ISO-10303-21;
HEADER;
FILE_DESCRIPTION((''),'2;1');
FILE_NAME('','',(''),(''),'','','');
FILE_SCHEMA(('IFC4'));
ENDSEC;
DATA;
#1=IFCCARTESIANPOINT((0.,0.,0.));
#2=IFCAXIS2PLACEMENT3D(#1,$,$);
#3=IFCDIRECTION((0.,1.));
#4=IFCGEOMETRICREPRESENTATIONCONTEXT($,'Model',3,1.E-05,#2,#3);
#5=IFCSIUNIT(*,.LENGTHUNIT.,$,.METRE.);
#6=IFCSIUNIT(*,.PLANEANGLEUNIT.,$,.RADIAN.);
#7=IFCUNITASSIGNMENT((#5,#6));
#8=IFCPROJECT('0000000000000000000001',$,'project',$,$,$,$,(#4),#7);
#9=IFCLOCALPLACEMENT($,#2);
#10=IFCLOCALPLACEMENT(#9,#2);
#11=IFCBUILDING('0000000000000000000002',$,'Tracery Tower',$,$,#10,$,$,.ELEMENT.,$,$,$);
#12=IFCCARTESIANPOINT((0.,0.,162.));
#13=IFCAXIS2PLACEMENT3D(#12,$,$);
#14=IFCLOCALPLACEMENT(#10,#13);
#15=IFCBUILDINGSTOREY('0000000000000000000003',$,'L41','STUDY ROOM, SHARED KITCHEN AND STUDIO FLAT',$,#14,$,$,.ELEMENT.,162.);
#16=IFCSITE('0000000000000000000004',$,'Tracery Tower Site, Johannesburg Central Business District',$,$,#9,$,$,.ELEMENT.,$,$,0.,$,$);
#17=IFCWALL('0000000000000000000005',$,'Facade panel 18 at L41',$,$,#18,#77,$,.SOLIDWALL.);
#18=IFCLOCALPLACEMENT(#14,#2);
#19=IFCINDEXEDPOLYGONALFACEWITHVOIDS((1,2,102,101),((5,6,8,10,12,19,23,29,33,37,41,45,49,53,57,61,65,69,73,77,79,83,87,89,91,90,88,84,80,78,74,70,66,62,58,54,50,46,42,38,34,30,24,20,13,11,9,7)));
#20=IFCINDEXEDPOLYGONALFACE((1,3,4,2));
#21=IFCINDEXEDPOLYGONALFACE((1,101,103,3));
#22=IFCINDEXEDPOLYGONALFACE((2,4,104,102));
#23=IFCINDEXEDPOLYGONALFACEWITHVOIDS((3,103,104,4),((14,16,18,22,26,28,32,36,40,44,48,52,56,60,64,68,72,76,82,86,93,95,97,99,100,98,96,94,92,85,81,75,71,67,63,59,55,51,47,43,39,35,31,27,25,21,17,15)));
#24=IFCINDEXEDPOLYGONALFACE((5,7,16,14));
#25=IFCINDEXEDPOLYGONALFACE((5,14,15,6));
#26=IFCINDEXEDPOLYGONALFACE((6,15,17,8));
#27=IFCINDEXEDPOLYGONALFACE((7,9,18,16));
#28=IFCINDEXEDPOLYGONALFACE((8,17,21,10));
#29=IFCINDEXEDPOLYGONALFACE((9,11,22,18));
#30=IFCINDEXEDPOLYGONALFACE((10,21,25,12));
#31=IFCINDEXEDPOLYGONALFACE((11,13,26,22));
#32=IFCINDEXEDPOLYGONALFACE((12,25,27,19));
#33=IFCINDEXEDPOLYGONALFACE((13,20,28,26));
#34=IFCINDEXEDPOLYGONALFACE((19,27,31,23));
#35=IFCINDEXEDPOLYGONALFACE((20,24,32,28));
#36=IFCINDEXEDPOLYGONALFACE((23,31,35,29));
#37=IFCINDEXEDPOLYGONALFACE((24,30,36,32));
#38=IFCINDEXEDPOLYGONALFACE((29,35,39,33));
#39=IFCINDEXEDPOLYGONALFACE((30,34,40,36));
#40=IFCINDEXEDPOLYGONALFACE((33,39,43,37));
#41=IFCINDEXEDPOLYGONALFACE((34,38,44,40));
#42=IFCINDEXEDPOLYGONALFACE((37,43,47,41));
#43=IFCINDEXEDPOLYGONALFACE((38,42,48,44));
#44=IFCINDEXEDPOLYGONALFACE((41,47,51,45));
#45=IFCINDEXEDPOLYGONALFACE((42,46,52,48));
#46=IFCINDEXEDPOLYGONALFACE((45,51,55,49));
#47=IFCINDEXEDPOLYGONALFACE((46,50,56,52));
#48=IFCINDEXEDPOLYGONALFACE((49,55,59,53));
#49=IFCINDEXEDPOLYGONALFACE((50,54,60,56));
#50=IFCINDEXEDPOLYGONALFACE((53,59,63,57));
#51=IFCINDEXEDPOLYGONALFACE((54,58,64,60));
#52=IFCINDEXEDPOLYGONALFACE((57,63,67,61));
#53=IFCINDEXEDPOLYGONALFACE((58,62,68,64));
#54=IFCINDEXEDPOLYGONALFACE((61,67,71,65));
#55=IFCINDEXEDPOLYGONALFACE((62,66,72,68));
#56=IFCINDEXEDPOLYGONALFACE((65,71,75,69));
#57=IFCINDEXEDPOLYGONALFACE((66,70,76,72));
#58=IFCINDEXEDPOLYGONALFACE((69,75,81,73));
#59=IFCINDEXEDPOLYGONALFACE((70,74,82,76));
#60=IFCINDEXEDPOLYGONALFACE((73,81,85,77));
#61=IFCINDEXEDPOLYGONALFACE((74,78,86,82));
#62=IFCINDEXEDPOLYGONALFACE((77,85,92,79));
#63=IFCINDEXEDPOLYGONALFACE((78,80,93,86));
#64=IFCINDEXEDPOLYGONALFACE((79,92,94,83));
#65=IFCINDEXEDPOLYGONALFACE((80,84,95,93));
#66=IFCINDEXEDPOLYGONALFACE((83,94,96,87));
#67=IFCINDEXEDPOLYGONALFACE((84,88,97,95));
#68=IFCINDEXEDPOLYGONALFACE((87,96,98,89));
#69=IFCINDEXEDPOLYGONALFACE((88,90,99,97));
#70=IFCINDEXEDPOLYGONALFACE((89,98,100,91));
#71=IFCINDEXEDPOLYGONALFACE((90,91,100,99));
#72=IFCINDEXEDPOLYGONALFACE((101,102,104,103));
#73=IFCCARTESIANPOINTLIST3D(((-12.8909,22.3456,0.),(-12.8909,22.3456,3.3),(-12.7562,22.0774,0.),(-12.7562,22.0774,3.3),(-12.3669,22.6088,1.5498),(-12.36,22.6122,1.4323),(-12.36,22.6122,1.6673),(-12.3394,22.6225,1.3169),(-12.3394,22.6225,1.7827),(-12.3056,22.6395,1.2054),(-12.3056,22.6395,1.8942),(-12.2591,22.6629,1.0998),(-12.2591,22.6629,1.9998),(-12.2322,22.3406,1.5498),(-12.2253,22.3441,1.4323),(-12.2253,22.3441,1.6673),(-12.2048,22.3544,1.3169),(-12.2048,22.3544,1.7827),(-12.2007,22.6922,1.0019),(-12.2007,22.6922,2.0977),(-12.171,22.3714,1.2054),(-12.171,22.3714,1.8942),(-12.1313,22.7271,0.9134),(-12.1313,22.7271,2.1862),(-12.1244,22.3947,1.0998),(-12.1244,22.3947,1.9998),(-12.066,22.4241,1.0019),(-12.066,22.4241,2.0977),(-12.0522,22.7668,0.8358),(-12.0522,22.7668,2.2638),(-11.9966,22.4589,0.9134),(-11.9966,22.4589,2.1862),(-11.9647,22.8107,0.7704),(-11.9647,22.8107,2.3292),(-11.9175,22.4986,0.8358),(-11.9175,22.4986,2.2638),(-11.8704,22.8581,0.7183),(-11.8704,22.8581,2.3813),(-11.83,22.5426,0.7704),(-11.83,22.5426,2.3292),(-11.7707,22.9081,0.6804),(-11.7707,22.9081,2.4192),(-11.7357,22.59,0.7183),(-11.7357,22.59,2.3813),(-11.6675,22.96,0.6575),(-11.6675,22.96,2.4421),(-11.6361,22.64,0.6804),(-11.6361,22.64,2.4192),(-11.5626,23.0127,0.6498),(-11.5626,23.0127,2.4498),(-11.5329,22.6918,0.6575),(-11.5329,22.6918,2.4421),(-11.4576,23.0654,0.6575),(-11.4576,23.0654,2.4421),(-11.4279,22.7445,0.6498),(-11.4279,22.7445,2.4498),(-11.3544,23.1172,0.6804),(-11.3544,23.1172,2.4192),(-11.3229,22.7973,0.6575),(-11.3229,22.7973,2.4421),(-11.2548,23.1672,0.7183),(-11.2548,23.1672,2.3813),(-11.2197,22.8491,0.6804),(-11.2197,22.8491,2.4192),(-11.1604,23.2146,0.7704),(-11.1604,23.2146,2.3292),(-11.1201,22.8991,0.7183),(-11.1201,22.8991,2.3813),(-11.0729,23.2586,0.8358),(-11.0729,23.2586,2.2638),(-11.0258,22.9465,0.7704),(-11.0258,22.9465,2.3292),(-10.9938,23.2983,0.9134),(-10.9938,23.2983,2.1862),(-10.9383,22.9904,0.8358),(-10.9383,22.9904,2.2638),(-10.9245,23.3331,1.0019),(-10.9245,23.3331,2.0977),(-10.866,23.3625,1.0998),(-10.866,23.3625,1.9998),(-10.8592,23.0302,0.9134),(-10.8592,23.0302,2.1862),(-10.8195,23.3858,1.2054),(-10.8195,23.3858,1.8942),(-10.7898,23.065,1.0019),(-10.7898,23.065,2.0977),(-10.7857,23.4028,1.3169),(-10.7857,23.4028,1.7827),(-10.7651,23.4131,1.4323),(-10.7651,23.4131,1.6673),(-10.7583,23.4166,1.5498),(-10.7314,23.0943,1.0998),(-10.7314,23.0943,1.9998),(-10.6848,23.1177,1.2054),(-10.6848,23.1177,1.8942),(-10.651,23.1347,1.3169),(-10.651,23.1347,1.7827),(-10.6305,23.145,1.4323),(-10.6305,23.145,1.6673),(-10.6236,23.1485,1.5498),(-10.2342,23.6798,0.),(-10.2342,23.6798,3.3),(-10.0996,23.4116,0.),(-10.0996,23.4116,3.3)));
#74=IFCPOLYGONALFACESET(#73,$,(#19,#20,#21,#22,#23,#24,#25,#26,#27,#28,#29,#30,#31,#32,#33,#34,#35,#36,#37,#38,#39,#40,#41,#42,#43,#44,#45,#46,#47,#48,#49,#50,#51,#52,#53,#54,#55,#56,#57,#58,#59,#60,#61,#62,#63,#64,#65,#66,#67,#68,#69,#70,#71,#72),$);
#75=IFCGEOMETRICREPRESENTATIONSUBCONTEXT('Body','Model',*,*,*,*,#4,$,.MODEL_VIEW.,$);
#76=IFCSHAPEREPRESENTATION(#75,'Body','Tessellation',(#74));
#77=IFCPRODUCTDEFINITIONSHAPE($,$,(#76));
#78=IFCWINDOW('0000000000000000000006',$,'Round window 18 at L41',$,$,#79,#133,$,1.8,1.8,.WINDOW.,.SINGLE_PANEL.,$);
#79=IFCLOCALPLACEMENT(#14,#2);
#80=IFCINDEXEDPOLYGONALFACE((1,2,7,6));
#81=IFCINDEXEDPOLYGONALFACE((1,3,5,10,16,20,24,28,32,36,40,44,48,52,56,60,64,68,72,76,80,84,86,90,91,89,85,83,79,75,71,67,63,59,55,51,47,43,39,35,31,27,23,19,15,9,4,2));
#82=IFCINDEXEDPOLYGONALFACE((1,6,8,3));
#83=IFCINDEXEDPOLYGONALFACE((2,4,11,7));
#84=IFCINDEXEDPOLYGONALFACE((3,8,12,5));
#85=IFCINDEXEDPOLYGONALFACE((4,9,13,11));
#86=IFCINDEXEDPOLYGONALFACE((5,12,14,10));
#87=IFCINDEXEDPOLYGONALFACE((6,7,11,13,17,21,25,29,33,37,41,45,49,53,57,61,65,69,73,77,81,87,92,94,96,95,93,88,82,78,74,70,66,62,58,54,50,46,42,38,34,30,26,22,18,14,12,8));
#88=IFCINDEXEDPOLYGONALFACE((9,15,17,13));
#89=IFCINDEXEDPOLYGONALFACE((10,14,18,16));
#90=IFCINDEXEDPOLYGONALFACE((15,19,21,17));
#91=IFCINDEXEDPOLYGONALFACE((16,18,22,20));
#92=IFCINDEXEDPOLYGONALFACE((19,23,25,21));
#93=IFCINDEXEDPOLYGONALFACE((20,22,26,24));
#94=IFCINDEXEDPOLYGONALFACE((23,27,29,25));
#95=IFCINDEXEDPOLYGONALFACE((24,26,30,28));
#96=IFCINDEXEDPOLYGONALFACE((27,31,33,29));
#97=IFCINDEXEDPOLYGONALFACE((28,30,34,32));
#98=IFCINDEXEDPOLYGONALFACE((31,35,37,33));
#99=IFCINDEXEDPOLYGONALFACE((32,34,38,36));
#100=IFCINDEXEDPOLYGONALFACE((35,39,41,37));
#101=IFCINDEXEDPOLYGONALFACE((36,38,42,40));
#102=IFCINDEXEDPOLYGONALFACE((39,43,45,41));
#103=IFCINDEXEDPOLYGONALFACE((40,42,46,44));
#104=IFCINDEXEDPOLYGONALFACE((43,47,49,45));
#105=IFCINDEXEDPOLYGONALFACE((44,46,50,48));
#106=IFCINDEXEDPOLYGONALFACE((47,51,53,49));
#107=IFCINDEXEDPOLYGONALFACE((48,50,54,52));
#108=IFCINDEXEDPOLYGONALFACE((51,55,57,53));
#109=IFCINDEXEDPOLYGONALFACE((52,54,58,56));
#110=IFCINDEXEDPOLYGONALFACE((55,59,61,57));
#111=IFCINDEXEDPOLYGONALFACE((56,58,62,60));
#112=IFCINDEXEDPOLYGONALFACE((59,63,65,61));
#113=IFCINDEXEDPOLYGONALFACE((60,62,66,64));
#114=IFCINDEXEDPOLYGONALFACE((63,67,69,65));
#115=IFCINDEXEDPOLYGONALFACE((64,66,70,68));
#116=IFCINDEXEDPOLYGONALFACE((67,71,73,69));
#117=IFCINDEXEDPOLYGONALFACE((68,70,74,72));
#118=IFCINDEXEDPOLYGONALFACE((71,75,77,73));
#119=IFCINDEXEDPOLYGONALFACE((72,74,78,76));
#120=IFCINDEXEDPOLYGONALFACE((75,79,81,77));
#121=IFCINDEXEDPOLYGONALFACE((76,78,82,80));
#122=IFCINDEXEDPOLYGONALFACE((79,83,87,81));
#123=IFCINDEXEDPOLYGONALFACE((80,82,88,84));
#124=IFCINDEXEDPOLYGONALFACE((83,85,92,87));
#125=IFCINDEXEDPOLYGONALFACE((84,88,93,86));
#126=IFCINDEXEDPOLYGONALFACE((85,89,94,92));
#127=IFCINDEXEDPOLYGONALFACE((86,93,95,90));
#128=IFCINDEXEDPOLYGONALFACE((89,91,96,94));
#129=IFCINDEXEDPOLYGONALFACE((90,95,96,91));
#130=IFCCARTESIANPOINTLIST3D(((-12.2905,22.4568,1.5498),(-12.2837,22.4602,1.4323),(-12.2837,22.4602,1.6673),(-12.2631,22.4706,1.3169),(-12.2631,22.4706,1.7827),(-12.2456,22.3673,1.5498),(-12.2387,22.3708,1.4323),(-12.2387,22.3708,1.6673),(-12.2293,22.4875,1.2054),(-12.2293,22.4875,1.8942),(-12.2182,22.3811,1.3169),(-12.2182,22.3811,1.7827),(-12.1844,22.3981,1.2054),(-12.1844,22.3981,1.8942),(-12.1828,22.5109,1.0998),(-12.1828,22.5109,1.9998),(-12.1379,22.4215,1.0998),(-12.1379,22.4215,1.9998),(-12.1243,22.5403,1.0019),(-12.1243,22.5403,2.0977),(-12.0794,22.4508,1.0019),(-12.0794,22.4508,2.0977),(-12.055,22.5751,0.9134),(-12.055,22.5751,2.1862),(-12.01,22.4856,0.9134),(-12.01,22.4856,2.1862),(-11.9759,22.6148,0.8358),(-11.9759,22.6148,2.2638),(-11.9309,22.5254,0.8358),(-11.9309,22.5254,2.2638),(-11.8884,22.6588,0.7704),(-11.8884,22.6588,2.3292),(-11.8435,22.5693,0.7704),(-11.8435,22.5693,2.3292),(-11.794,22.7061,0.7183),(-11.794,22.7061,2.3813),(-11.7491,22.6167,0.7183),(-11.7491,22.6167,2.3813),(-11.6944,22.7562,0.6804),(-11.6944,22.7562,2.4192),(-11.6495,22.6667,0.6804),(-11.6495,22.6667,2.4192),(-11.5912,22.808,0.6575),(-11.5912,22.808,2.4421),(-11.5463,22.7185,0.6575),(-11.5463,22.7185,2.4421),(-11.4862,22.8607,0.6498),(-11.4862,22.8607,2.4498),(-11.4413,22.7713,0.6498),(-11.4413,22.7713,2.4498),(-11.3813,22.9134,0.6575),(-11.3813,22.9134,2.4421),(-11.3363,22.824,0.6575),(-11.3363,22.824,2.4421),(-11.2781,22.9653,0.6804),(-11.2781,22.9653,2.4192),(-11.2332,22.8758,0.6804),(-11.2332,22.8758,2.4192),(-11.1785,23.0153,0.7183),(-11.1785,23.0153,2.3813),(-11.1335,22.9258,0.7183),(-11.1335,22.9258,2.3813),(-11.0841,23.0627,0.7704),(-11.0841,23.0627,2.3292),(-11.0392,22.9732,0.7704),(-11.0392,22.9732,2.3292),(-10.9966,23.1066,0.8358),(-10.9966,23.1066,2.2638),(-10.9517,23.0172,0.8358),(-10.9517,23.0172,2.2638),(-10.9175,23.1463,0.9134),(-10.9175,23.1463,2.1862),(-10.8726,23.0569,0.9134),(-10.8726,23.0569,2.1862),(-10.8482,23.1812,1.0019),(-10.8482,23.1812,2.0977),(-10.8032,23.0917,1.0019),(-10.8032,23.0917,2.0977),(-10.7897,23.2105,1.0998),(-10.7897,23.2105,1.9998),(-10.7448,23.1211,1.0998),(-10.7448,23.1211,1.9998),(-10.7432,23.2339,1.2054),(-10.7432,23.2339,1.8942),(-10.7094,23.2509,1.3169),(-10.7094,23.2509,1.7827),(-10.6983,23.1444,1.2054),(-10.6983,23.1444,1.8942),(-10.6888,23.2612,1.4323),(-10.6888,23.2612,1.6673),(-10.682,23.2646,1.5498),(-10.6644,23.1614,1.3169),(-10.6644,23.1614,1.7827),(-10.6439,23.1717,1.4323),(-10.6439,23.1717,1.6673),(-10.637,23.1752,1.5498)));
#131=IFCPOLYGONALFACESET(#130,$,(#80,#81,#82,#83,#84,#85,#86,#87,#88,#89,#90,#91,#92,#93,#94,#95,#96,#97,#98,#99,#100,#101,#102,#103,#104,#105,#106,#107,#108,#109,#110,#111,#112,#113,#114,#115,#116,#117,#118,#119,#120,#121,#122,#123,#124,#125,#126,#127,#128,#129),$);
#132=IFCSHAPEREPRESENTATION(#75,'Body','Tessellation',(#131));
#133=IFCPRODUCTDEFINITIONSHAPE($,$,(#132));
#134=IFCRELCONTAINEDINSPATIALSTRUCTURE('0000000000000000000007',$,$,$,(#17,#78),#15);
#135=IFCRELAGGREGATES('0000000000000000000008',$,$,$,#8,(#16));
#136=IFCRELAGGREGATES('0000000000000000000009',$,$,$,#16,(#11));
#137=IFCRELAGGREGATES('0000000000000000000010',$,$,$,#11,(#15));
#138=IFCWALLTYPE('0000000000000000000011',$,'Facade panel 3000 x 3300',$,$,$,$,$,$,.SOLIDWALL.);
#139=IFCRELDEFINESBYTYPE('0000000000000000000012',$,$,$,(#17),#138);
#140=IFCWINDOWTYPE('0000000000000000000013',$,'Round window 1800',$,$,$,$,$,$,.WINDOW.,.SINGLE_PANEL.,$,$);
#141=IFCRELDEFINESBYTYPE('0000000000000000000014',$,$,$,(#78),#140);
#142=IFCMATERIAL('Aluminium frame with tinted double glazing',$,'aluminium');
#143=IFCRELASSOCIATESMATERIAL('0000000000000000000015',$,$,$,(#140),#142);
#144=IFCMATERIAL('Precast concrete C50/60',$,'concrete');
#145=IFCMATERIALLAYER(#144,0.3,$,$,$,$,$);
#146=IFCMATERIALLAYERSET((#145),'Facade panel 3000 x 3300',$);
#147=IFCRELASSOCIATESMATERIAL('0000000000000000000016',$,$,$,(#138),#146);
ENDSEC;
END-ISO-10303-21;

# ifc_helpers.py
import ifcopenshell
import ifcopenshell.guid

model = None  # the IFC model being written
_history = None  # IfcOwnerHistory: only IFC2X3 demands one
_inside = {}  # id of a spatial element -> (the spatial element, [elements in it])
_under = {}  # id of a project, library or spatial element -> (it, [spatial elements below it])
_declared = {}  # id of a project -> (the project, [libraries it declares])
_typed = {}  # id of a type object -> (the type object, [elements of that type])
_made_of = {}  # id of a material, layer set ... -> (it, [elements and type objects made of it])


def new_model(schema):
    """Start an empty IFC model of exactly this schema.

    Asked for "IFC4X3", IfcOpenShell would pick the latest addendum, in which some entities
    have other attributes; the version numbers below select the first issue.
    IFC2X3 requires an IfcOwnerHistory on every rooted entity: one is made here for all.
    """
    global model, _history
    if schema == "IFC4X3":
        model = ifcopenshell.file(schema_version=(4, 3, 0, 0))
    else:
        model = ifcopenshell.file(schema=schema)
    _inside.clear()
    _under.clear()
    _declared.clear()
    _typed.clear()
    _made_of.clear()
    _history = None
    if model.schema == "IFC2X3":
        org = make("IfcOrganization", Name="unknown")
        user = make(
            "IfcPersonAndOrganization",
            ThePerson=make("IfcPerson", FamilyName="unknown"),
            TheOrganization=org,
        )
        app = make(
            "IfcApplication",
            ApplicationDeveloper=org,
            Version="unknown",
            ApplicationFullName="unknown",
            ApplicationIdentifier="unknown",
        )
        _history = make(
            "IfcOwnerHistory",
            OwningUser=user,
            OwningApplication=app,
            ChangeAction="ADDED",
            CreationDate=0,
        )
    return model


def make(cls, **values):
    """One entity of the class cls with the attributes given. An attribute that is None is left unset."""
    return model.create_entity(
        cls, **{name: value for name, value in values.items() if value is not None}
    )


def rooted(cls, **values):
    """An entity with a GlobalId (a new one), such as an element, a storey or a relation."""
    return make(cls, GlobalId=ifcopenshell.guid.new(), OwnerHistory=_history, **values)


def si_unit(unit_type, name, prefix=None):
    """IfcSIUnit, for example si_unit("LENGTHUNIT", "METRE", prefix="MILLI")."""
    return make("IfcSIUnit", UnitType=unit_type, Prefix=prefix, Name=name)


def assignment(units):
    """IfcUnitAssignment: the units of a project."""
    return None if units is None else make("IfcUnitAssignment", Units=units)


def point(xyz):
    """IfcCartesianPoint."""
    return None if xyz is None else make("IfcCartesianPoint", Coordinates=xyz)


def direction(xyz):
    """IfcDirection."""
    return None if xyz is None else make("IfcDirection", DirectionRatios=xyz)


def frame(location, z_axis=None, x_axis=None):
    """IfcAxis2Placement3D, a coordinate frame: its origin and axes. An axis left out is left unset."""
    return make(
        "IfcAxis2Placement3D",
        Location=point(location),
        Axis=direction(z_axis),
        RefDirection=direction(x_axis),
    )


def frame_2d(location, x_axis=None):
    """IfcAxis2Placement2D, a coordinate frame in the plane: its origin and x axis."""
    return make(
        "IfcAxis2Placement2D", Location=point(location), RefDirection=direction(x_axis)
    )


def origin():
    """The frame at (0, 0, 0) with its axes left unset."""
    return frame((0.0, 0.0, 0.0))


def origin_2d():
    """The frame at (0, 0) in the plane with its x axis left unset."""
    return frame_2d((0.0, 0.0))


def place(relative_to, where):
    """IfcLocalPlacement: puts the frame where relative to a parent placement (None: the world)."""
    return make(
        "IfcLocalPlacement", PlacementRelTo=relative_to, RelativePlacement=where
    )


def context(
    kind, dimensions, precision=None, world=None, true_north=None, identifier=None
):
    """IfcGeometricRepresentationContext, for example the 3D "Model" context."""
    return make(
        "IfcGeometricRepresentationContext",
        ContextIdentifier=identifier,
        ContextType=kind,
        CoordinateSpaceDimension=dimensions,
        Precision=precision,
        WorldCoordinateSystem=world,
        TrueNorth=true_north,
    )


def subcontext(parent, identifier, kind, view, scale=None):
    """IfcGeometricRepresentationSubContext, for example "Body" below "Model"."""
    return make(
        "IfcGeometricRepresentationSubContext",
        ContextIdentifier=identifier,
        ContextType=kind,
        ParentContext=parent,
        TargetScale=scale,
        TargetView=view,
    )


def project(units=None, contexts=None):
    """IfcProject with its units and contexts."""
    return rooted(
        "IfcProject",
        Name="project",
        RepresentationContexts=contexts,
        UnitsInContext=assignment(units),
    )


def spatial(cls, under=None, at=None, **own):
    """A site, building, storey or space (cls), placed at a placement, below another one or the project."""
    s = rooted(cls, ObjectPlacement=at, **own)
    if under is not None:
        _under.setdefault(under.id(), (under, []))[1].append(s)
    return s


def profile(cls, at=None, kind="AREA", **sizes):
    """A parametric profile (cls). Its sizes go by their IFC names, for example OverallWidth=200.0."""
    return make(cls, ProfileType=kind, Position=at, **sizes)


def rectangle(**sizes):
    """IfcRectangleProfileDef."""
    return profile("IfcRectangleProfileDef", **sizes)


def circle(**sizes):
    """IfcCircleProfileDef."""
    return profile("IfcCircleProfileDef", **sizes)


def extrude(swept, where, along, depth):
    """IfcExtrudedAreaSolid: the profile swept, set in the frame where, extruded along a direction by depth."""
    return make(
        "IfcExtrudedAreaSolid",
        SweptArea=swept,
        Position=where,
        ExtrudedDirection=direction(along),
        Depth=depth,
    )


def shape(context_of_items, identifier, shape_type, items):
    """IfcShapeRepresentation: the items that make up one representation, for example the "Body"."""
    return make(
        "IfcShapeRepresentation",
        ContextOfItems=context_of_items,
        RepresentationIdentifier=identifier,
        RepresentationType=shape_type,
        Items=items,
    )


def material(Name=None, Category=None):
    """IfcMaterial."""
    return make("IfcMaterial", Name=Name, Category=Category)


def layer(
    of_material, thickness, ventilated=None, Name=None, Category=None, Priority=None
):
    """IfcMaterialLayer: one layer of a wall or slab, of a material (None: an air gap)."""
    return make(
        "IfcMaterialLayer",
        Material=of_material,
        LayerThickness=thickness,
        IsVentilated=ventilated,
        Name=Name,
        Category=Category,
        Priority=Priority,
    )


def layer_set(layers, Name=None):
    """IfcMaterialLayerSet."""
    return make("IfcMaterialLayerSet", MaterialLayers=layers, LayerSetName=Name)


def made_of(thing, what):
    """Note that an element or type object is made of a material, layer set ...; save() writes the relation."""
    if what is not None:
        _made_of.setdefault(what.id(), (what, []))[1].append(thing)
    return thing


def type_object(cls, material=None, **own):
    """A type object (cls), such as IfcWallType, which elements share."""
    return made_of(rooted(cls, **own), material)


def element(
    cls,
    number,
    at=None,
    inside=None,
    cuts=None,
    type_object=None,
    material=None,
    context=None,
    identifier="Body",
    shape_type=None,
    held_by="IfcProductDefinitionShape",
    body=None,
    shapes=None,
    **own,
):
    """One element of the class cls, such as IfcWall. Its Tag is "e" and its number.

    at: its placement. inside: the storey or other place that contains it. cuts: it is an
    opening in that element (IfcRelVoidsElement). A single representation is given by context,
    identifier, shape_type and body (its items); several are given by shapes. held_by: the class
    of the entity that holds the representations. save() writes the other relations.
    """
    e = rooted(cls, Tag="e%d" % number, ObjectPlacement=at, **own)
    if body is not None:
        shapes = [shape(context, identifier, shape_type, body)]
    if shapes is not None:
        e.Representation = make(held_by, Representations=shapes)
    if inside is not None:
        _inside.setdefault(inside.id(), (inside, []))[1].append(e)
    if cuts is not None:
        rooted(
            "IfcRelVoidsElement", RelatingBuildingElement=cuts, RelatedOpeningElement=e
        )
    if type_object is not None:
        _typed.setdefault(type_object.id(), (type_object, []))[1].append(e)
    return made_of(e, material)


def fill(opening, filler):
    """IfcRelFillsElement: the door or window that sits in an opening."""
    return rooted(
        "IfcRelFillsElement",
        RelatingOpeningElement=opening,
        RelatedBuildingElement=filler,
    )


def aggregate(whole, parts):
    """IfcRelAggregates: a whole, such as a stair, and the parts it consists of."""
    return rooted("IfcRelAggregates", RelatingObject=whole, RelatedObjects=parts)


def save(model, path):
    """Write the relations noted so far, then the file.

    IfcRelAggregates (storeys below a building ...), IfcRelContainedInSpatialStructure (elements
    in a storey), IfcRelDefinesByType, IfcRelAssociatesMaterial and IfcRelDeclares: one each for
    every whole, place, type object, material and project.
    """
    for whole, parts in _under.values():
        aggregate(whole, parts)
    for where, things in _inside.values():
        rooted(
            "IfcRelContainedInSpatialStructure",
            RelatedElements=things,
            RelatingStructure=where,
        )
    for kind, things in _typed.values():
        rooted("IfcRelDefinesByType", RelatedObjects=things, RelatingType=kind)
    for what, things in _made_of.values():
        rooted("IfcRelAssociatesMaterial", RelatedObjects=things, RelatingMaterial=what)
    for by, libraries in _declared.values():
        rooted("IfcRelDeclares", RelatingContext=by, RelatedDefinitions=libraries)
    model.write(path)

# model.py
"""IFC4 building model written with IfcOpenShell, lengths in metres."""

from ifc_helpers import new_model, si_unit, direction, frame, frame_2d, origin, origin_2d, place, context, subcontext, project, spatial, rectangle, circle, extrude, material, layer, layer_set, type_object, element, fill, save


model = new_model("IFC4")

# Units and contexts
model_context = context("Model", 3, precision=1e-05, world=origin(), true_north=direction((0.0, 1.0)))
body_context = subcontext(model_context, "Body", "Model", "MODEL_VIEW")
ifc_project = project(units=[si_unit("LENGTHUNIT", "METRE"), si_unit("PLANEANGLEUNIT", "RADIAN")], contexts=[model_context])

# Site, building, storey
site_placement = place(None, origin())
site = spatial("IfcSite", under=ifc_project, at=site_placement, Name="Tracery Tower Site, Johannesburg Central Business District", CompositionType="ELEMENT", RefElevation=0.0)
building_placement = place(site_placement, origin())
building = spatial("IfcBuilding", under=site, at=building_placement, Name="Tracery Tower", CompositionType="ELEMENT")
storey_placement = place(building_placement, frame((0.0, 0.0, 162.0)))
storey = spatial("IfcBuildingStorey", under=building, at=storey_placement, Name="L41", Description="STUDY ROOM, SHARED KITCHEN AND STUDIO FLAT", CompositionType="ELEMENT", Elevation=162.0)

# Wall, opening, window
ifc_material_1 = material(Name="Aluminium frame with tinted double glazing", Category="aluminium")
window_type = type_object("IfcWindowType", Name="Round window 1800", PartitioningType="SINGLE_PANEL", PredefinedType="WINDOW", material=ifc_material_1)
ifc_material_2 = material(Name="Precast concrete C50/60", Category="concrete")
ifc_layer_1 = layer(ifc_material_2, 0.3)
ifc_layer_set_1 = layer_set([ifc_layer_1], Name="Facade panel 3000 x 3300")
wall_type_1 = type_object("IfcWallType", Name="Facade panel 3000 x 3300", PredefinedType="SOLIDWALL", material=ifc_layer_set_1)
wall_1_placement = place(storey_placement, frame((-10.167, 23.5457, 0.0), z_axis=(0.0, 0.0, 1.0), x_axis=(-0.893637, -0.44879, 0.0)))
wall_1 = element("IfcWall", 1, at=wall_1_placement, inside=storey, type_object=wall_type_1, Name="Facade panel 18 at L41", PredefinedType="SOLIDWALL", context=body_context, shape_type="SweptSolid", body=[
    extrude(rectangle(XDim=2.9729, YDim=0.3, at=frame_2d((1.4863, 0.0))), origin(), (0.0, 0.0, 1.0), 3.3),
])
opening_1_placement = place(wall_1_placement, frame((1.4863, 0.0, 1.5498)))
opening_1 = element("IfcOpeningElement", 2, at=opening_1_placement, cuts=wall_1, PredefinedType="OPENING", context=body_context, shape_type="SweptSolid", body=[
    extrude(circle(Radius=0.9, at=origin_2d()), frame((0.0, 0.1599, 0.0), z_axis=(0.0, -1.0, 0.0), x_axis=(1.0, 0.0, 0.0)), (0.0, 0.0, 1.0), 0.3201),
])
window_1_placement = place(opening_1_placement, origin())
window_1 = element("IfcWindow", 3, at=window_1_placement, inside=storey, type_object=window_type, Name="Round window 18 at L41", OverallHeight=1.8, OverallWidth=1.8, PartitioningType="SINGLE_PANEL", PredefinedType="WINDOW", context=body_context, shape_type="SweptSolid", body=[
    extrude(circle(Radius=0.9, at=origin_2d()), frame((0.0, 0.1201, 0.0), z_axis=(0.0, -1.0, 0.0), x_axis=(1.0, 0.0, 0.0)), (0.0, 0.0, 1.0), 0.1001),
])
fill(opening_1, window_1)

save(model, "model.ifc")
